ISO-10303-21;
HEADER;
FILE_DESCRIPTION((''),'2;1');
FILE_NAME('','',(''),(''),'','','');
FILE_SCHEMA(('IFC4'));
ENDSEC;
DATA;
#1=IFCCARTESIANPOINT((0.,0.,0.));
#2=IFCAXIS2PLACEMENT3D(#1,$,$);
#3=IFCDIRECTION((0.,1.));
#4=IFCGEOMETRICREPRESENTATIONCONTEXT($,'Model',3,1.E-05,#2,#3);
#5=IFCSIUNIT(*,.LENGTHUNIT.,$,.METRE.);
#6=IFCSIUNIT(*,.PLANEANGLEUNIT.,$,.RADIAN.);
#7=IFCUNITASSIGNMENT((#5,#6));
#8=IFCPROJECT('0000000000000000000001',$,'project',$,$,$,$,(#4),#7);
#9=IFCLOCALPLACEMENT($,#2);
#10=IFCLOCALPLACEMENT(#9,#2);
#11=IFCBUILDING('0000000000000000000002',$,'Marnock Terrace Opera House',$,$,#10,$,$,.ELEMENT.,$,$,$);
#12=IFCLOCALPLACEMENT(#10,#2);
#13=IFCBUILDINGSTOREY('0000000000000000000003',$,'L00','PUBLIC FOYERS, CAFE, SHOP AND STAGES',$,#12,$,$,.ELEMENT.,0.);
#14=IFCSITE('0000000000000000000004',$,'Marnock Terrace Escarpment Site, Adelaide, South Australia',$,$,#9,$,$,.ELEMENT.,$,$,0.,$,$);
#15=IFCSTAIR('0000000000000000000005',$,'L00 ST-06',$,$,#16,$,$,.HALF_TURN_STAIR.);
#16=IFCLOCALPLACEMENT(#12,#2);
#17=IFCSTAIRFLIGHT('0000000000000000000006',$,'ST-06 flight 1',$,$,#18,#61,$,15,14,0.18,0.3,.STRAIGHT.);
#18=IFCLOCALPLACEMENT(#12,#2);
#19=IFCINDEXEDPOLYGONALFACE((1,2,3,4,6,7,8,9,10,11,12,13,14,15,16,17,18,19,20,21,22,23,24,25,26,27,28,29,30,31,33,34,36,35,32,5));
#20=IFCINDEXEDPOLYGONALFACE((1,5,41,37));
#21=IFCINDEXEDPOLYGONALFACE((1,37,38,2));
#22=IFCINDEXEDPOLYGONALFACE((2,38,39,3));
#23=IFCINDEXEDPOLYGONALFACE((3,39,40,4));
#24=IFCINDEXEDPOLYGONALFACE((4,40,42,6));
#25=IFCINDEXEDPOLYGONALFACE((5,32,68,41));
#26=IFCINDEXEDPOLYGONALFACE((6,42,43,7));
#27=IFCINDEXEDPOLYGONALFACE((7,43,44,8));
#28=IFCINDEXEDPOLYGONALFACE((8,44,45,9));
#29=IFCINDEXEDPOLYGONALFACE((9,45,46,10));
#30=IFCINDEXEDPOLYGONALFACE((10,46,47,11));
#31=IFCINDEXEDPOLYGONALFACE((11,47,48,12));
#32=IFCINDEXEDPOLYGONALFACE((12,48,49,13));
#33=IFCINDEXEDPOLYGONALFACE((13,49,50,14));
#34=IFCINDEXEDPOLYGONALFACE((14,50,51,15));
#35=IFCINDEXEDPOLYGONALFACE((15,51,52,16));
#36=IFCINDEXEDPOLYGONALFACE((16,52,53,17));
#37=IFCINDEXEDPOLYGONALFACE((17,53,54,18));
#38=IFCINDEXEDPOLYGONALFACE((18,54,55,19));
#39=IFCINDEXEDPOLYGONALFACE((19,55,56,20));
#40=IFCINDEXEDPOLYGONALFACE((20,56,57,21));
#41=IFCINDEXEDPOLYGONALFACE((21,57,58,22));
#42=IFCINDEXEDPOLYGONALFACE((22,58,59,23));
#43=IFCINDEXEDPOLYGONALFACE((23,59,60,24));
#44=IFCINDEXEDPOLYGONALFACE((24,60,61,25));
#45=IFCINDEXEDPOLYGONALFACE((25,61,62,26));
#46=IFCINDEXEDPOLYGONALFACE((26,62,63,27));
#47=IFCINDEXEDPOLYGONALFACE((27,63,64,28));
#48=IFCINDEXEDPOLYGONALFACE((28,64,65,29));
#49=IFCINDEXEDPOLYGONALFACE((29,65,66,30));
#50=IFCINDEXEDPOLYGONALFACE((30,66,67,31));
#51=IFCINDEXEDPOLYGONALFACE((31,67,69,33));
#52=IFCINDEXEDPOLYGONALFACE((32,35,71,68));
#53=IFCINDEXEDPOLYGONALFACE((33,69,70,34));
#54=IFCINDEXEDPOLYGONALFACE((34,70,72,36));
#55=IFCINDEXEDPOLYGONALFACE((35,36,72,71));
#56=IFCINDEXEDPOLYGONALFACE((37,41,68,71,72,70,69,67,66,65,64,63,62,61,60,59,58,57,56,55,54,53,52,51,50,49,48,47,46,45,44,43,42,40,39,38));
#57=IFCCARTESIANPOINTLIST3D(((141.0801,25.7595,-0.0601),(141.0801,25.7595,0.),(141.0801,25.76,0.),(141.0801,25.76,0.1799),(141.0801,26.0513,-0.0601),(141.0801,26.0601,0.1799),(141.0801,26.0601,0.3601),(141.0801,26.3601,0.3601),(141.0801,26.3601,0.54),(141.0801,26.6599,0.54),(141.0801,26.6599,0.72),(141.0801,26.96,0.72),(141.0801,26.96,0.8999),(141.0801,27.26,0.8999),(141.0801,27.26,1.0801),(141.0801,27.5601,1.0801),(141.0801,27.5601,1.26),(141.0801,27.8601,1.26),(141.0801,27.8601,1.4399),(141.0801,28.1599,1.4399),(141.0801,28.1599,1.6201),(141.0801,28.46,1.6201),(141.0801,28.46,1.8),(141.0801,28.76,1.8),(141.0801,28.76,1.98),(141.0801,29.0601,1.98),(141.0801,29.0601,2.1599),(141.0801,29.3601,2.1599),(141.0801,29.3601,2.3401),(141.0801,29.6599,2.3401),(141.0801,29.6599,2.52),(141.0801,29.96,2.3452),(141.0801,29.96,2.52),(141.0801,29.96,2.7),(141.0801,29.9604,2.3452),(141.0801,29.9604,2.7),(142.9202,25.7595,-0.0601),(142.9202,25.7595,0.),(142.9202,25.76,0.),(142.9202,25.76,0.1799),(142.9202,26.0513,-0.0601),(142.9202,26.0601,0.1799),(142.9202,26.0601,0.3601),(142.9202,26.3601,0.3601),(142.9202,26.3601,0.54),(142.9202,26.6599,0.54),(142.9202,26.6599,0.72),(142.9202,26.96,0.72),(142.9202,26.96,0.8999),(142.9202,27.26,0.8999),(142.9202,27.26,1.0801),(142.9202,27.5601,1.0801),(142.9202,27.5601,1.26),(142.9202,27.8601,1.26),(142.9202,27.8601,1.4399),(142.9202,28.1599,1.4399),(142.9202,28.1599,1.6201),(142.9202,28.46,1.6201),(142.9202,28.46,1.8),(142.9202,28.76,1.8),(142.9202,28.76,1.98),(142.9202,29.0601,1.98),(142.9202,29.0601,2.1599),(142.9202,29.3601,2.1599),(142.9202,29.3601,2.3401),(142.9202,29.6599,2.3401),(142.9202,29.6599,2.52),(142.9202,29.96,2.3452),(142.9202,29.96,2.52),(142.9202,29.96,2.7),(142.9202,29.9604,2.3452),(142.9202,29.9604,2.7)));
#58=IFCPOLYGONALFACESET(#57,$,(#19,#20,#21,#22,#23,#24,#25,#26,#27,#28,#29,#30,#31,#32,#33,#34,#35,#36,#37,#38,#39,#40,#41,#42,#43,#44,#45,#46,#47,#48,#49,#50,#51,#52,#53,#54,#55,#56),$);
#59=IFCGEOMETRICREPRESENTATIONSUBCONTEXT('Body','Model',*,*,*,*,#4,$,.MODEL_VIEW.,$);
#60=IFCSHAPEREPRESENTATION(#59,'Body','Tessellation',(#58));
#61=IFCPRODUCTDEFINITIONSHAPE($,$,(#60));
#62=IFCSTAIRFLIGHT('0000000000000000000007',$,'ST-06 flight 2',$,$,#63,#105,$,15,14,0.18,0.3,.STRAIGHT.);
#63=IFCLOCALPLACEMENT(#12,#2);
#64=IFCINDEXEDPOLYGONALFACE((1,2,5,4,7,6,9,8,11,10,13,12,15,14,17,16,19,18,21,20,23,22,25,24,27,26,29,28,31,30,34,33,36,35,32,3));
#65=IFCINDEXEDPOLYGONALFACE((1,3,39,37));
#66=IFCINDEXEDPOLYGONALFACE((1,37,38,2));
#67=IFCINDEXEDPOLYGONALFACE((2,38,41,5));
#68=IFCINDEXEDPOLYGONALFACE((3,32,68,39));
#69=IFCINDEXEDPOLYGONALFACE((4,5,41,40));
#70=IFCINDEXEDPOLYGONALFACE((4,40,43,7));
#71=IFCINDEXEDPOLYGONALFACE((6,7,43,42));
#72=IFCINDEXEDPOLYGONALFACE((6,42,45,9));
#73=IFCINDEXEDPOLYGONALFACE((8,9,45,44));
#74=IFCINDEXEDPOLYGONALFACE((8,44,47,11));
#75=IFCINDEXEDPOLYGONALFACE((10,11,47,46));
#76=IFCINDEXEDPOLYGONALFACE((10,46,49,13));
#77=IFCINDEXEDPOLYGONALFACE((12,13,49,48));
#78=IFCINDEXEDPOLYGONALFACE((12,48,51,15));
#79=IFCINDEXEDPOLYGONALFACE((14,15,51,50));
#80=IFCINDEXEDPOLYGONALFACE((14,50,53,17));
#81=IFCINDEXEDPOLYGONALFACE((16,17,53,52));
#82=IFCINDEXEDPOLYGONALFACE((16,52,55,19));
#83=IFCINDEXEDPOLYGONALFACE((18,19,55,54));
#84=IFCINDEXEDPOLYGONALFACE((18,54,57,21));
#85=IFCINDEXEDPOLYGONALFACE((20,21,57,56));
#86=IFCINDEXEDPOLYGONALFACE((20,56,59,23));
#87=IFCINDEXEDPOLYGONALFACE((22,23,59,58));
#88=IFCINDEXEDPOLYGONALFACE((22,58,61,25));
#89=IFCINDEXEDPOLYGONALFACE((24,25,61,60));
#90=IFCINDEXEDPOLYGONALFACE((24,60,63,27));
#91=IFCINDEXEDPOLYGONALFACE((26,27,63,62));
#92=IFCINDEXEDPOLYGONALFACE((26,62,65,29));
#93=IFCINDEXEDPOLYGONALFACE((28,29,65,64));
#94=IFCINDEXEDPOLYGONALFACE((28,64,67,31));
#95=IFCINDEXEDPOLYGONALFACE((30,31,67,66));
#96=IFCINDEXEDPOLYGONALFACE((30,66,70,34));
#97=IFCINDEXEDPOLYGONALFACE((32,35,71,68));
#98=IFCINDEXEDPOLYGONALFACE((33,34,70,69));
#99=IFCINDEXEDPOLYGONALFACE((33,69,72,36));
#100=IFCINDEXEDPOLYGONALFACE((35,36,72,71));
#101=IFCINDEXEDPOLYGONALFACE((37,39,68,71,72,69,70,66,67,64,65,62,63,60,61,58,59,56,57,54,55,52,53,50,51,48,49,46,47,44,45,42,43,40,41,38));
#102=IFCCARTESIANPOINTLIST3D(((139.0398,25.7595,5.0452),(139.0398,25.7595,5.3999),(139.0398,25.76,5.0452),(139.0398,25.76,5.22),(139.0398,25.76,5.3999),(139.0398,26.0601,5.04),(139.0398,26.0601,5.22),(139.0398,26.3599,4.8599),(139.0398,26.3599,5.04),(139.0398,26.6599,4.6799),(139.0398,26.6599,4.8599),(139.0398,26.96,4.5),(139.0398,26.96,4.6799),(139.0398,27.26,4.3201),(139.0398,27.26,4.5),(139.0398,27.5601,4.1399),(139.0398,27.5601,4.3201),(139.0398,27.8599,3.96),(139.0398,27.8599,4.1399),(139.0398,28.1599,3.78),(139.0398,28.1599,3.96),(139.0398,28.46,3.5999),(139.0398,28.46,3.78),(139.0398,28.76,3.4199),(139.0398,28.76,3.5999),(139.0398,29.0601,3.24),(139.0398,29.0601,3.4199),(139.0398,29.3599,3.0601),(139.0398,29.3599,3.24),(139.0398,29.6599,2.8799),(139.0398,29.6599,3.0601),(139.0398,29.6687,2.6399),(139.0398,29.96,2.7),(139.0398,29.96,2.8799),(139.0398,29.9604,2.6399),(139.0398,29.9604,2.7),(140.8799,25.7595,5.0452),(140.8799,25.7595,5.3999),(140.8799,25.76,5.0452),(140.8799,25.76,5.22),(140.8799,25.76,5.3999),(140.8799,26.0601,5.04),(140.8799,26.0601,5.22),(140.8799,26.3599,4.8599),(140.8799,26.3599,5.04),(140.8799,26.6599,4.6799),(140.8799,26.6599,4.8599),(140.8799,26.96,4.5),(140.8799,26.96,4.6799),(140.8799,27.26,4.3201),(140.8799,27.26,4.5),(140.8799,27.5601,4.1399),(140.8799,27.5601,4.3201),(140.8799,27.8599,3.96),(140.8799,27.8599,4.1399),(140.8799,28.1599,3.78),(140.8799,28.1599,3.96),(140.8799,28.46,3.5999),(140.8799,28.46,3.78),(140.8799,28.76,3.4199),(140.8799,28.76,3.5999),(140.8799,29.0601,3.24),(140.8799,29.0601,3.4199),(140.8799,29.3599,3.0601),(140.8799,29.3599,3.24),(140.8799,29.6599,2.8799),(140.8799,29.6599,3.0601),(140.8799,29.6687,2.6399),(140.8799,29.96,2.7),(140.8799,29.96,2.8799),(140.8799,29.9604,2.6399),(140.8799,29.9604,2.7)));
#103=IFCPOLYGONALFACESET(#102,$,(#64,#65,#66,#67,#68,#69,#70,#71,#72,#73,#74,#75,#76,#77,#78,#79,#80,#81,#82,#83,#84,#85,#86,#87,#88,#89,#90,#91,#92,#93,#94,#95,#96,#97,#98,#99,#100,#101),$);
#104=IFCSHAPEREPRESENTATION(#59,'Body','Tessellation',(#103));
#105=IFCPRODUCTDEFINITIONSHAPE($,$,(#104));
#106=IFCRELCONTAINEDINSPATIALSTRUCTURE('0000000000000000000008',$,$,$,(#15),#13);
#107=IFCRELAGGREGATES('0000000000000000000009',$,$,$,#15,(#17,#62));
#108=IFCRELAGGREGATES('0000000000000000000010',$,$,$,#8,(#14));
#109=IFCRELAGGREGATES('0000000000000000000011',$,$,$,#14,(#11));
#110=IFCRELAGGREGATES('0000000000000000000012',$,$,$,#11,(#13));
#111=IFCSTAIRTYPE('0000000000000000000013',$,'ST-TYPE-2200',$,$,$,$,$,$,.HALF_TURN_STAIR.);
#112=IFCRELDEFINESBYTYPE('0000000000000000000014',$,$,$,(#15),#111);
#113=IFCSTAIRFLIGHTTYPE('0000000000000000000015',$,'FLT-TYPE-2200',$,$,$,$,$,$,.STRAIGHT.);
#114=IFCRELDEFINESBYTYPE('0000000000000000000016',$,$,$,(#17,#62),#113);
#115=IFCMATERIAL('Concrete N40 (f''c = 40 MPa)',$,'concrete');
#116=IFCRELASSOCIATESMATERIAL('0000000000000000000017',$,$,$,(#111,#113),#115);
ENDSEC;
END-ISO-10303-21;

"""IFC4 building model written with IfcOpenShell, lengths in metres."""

from ifc_helpers import new_model, si_unit, direction, frame, origin, place, context, subcontext, project, spatial, polyline, outline, extrude, material, type_object, element, aggregate, save


model = new_model("IFC4")

# Units and contexts
model_context = context("Model", 3, precision=1e-05, world=origin(), true_north=direction((0.0, 1.0)))
body_context = subcontext(model_context, "Body", "Model", "MODEL_VIEW")
ifc_project = project(units=[si_unit("LENGTHUNIT", "METRE"), si_unit("PLANEANGLEUNIT", "RADIAN")], contexts=[model_context])

# Site, building, storey
site_placement = place(None, origin())
site = spatial("IfcSite", under=ifc_project, at=site_placement, Name="Marnock Terrace Escarpment Site, Adelaide, South Australia", CompositionType="ELEMENT", RefElevation=0.0)
building_placement = place(site_placement, origin())
building = spatial("IfcBuilding", under=site, at=building_placement, Name="Marnock Terrace Opera House", CompositionType="ELEMENT")
storey_placement = place(building_placement, origin())
storey = spatial("IfcBuildingStorey", under=building, at=storey_placement, Name="L00", Description="PUBLIC FOYERS, CAFE, SHOP AND STAGES", CompositionType="ELEMENT", Elevation=0.0)

# Shared definitions
ifc_material_1 = material(Name="Concrete N40 (f'c = 40 MPa)", Category="concrete")

# Stair, stair flights
stair_type = type_object("IfcStairType", Name="ST-TYPE-2200", PredefinedType="HALF_TURN_STAIR", material=ifc_material_1)
stair_placement = place(storey_placement, origin())
stair = element("IfcStair", 1, at=stair_placement, inside=storey, type_object=stair_type, Name="L00 ST-06", PredefinedType="HALF_TURN_STAIR")
stair_flight_type = type_object("IfcStairFlightType", Name="FLT-TYPE-2200", PredefinedType="STRAIGHT", material=ifc_material_1)
stair_flight_1_placement = place(storey_placement, frame((142.0, 25.76, 0.0), z_axis=(0.0, 0.0, 1.0), x_axis=(0.0, 1.0, 0.0)))
stair_flight_1 = element("IfcStairFlight", 2, at=stair_flight_1_placement, type_object=stair_flight_type, Name="ST-06 flight 1", NumberOfRisers=15, NumberOfTreads=14, PredefinedType="STRAIGHT", RiserHeight=0.18, TreadLength=0.3, context=body_context, shape_type="SweptSolid", body=[
    extrude(outline(polyline([(-0.0005, -0.0601), (-0.0005, 0.0), (0.0, 0.0), (0.0, 0.1799), (0.3, 0.1799), (0.3, 0.3601), (0.6001, 0.3601), (0.6001, 0.54), (0.8999, 0.54), (0.8999, 0.72), (1.2, 0.72), (1.2, 0.8999), (1.5, 0.8999), (1.5, 1.0801), (1.8, 1.0801), (1.8, 1.26), (2.1001, 1.26), (2.1001, 1.4399), (2.3999, 1.4399), (2.3999, 1.6201), (2.7, 1.6201), (2.7, 1.8), (3.0, 1.8), (3.0, 1.98), (3.3, 1.98), (3.3, 2.1599), (3.6001, 2.1599), (3.6001, 2.3401), (3.8999, 2.3401), (3.8999, 2.52), (4.2, 2.52), (4.2, 2.7), (4.2004, 2.7), (4.2004, 2.3452), (4.2, 2.3452), (0.2913, -0.0601), (-0.0005, -0.0601)])), frame((0.0, 0.9199, 0.0), z_axis=(0.0, -1.0, 0.0), x_axis=(1.0, 0.0, 0.0)), (0.0, 0.0, 1.0), 1.8401),
])
stair_flight_2_placement = place(storey_placement, frame((139.96, 29.96, 2.7), z_axis=(0.0, 0.0, 1.0), x_axis=(0.0, -1.0, 0.0)))
stair_flight_2 = element("IfcStairFlight", 3, at=stair_flight_2_placement, type_object=stair_flight_type, Name="ST-06 flight 2", NumberOfRisers=15, NumberOfTreads=14, PredefinedType="STRAIGHT", RiserHeight=0.18, TreadLength=0.3, context=body_context, shape_type="SweptSolid", body=[
    extrude(outline(polyline([(-0.0005, -0.0601), (-0.0005, 0.0), (0.0, 0.0), (0.0, 0.1799), (0.3, 0.1799), (0.3, 0.3601), (0.6001, 0.3601), (0.6001, 0.54), (0.8999, 0.54), (0.8999, 0.72), (1.2, 0.72), (1.2, 0.8999), (1.5, 0.8999), (1.5, 1.0801), (1.8, 1.0801), (1.8, 1.26), (2.1001, 1.26), (2.1001, 1.4399), (2.3999, 1.4399), (2.3999, 1.6201), (2.7, 1.6201), (2.7, 1.8), (3.0, 1.8), (3.0, 1.98), (3.3, 1.98), (3.3, 2.1599), (3.6001, 2.1599), (3.6001, 2.3401), (3.8999, 2.3401), (3.8999, 2.52), (4.2, 2.52), (4.2, 2.7), (4.2004, 2.7), (4.2004, 2.3452), (4.2, 2.3452), (0.2913, -0.0601), (-0.0005, -0.0601)])), frame((0.0, 0.9199, 0.0), z_axis=(0.0, -1.0, 0.0), x_axis=(1.0, 0.0, 0.0)), (0.0, 0.0, 1.0), 1.8401),
])
aggregate(stair, [stair_flight_1, stair_flight_2])

save(model, "model.ifc")
